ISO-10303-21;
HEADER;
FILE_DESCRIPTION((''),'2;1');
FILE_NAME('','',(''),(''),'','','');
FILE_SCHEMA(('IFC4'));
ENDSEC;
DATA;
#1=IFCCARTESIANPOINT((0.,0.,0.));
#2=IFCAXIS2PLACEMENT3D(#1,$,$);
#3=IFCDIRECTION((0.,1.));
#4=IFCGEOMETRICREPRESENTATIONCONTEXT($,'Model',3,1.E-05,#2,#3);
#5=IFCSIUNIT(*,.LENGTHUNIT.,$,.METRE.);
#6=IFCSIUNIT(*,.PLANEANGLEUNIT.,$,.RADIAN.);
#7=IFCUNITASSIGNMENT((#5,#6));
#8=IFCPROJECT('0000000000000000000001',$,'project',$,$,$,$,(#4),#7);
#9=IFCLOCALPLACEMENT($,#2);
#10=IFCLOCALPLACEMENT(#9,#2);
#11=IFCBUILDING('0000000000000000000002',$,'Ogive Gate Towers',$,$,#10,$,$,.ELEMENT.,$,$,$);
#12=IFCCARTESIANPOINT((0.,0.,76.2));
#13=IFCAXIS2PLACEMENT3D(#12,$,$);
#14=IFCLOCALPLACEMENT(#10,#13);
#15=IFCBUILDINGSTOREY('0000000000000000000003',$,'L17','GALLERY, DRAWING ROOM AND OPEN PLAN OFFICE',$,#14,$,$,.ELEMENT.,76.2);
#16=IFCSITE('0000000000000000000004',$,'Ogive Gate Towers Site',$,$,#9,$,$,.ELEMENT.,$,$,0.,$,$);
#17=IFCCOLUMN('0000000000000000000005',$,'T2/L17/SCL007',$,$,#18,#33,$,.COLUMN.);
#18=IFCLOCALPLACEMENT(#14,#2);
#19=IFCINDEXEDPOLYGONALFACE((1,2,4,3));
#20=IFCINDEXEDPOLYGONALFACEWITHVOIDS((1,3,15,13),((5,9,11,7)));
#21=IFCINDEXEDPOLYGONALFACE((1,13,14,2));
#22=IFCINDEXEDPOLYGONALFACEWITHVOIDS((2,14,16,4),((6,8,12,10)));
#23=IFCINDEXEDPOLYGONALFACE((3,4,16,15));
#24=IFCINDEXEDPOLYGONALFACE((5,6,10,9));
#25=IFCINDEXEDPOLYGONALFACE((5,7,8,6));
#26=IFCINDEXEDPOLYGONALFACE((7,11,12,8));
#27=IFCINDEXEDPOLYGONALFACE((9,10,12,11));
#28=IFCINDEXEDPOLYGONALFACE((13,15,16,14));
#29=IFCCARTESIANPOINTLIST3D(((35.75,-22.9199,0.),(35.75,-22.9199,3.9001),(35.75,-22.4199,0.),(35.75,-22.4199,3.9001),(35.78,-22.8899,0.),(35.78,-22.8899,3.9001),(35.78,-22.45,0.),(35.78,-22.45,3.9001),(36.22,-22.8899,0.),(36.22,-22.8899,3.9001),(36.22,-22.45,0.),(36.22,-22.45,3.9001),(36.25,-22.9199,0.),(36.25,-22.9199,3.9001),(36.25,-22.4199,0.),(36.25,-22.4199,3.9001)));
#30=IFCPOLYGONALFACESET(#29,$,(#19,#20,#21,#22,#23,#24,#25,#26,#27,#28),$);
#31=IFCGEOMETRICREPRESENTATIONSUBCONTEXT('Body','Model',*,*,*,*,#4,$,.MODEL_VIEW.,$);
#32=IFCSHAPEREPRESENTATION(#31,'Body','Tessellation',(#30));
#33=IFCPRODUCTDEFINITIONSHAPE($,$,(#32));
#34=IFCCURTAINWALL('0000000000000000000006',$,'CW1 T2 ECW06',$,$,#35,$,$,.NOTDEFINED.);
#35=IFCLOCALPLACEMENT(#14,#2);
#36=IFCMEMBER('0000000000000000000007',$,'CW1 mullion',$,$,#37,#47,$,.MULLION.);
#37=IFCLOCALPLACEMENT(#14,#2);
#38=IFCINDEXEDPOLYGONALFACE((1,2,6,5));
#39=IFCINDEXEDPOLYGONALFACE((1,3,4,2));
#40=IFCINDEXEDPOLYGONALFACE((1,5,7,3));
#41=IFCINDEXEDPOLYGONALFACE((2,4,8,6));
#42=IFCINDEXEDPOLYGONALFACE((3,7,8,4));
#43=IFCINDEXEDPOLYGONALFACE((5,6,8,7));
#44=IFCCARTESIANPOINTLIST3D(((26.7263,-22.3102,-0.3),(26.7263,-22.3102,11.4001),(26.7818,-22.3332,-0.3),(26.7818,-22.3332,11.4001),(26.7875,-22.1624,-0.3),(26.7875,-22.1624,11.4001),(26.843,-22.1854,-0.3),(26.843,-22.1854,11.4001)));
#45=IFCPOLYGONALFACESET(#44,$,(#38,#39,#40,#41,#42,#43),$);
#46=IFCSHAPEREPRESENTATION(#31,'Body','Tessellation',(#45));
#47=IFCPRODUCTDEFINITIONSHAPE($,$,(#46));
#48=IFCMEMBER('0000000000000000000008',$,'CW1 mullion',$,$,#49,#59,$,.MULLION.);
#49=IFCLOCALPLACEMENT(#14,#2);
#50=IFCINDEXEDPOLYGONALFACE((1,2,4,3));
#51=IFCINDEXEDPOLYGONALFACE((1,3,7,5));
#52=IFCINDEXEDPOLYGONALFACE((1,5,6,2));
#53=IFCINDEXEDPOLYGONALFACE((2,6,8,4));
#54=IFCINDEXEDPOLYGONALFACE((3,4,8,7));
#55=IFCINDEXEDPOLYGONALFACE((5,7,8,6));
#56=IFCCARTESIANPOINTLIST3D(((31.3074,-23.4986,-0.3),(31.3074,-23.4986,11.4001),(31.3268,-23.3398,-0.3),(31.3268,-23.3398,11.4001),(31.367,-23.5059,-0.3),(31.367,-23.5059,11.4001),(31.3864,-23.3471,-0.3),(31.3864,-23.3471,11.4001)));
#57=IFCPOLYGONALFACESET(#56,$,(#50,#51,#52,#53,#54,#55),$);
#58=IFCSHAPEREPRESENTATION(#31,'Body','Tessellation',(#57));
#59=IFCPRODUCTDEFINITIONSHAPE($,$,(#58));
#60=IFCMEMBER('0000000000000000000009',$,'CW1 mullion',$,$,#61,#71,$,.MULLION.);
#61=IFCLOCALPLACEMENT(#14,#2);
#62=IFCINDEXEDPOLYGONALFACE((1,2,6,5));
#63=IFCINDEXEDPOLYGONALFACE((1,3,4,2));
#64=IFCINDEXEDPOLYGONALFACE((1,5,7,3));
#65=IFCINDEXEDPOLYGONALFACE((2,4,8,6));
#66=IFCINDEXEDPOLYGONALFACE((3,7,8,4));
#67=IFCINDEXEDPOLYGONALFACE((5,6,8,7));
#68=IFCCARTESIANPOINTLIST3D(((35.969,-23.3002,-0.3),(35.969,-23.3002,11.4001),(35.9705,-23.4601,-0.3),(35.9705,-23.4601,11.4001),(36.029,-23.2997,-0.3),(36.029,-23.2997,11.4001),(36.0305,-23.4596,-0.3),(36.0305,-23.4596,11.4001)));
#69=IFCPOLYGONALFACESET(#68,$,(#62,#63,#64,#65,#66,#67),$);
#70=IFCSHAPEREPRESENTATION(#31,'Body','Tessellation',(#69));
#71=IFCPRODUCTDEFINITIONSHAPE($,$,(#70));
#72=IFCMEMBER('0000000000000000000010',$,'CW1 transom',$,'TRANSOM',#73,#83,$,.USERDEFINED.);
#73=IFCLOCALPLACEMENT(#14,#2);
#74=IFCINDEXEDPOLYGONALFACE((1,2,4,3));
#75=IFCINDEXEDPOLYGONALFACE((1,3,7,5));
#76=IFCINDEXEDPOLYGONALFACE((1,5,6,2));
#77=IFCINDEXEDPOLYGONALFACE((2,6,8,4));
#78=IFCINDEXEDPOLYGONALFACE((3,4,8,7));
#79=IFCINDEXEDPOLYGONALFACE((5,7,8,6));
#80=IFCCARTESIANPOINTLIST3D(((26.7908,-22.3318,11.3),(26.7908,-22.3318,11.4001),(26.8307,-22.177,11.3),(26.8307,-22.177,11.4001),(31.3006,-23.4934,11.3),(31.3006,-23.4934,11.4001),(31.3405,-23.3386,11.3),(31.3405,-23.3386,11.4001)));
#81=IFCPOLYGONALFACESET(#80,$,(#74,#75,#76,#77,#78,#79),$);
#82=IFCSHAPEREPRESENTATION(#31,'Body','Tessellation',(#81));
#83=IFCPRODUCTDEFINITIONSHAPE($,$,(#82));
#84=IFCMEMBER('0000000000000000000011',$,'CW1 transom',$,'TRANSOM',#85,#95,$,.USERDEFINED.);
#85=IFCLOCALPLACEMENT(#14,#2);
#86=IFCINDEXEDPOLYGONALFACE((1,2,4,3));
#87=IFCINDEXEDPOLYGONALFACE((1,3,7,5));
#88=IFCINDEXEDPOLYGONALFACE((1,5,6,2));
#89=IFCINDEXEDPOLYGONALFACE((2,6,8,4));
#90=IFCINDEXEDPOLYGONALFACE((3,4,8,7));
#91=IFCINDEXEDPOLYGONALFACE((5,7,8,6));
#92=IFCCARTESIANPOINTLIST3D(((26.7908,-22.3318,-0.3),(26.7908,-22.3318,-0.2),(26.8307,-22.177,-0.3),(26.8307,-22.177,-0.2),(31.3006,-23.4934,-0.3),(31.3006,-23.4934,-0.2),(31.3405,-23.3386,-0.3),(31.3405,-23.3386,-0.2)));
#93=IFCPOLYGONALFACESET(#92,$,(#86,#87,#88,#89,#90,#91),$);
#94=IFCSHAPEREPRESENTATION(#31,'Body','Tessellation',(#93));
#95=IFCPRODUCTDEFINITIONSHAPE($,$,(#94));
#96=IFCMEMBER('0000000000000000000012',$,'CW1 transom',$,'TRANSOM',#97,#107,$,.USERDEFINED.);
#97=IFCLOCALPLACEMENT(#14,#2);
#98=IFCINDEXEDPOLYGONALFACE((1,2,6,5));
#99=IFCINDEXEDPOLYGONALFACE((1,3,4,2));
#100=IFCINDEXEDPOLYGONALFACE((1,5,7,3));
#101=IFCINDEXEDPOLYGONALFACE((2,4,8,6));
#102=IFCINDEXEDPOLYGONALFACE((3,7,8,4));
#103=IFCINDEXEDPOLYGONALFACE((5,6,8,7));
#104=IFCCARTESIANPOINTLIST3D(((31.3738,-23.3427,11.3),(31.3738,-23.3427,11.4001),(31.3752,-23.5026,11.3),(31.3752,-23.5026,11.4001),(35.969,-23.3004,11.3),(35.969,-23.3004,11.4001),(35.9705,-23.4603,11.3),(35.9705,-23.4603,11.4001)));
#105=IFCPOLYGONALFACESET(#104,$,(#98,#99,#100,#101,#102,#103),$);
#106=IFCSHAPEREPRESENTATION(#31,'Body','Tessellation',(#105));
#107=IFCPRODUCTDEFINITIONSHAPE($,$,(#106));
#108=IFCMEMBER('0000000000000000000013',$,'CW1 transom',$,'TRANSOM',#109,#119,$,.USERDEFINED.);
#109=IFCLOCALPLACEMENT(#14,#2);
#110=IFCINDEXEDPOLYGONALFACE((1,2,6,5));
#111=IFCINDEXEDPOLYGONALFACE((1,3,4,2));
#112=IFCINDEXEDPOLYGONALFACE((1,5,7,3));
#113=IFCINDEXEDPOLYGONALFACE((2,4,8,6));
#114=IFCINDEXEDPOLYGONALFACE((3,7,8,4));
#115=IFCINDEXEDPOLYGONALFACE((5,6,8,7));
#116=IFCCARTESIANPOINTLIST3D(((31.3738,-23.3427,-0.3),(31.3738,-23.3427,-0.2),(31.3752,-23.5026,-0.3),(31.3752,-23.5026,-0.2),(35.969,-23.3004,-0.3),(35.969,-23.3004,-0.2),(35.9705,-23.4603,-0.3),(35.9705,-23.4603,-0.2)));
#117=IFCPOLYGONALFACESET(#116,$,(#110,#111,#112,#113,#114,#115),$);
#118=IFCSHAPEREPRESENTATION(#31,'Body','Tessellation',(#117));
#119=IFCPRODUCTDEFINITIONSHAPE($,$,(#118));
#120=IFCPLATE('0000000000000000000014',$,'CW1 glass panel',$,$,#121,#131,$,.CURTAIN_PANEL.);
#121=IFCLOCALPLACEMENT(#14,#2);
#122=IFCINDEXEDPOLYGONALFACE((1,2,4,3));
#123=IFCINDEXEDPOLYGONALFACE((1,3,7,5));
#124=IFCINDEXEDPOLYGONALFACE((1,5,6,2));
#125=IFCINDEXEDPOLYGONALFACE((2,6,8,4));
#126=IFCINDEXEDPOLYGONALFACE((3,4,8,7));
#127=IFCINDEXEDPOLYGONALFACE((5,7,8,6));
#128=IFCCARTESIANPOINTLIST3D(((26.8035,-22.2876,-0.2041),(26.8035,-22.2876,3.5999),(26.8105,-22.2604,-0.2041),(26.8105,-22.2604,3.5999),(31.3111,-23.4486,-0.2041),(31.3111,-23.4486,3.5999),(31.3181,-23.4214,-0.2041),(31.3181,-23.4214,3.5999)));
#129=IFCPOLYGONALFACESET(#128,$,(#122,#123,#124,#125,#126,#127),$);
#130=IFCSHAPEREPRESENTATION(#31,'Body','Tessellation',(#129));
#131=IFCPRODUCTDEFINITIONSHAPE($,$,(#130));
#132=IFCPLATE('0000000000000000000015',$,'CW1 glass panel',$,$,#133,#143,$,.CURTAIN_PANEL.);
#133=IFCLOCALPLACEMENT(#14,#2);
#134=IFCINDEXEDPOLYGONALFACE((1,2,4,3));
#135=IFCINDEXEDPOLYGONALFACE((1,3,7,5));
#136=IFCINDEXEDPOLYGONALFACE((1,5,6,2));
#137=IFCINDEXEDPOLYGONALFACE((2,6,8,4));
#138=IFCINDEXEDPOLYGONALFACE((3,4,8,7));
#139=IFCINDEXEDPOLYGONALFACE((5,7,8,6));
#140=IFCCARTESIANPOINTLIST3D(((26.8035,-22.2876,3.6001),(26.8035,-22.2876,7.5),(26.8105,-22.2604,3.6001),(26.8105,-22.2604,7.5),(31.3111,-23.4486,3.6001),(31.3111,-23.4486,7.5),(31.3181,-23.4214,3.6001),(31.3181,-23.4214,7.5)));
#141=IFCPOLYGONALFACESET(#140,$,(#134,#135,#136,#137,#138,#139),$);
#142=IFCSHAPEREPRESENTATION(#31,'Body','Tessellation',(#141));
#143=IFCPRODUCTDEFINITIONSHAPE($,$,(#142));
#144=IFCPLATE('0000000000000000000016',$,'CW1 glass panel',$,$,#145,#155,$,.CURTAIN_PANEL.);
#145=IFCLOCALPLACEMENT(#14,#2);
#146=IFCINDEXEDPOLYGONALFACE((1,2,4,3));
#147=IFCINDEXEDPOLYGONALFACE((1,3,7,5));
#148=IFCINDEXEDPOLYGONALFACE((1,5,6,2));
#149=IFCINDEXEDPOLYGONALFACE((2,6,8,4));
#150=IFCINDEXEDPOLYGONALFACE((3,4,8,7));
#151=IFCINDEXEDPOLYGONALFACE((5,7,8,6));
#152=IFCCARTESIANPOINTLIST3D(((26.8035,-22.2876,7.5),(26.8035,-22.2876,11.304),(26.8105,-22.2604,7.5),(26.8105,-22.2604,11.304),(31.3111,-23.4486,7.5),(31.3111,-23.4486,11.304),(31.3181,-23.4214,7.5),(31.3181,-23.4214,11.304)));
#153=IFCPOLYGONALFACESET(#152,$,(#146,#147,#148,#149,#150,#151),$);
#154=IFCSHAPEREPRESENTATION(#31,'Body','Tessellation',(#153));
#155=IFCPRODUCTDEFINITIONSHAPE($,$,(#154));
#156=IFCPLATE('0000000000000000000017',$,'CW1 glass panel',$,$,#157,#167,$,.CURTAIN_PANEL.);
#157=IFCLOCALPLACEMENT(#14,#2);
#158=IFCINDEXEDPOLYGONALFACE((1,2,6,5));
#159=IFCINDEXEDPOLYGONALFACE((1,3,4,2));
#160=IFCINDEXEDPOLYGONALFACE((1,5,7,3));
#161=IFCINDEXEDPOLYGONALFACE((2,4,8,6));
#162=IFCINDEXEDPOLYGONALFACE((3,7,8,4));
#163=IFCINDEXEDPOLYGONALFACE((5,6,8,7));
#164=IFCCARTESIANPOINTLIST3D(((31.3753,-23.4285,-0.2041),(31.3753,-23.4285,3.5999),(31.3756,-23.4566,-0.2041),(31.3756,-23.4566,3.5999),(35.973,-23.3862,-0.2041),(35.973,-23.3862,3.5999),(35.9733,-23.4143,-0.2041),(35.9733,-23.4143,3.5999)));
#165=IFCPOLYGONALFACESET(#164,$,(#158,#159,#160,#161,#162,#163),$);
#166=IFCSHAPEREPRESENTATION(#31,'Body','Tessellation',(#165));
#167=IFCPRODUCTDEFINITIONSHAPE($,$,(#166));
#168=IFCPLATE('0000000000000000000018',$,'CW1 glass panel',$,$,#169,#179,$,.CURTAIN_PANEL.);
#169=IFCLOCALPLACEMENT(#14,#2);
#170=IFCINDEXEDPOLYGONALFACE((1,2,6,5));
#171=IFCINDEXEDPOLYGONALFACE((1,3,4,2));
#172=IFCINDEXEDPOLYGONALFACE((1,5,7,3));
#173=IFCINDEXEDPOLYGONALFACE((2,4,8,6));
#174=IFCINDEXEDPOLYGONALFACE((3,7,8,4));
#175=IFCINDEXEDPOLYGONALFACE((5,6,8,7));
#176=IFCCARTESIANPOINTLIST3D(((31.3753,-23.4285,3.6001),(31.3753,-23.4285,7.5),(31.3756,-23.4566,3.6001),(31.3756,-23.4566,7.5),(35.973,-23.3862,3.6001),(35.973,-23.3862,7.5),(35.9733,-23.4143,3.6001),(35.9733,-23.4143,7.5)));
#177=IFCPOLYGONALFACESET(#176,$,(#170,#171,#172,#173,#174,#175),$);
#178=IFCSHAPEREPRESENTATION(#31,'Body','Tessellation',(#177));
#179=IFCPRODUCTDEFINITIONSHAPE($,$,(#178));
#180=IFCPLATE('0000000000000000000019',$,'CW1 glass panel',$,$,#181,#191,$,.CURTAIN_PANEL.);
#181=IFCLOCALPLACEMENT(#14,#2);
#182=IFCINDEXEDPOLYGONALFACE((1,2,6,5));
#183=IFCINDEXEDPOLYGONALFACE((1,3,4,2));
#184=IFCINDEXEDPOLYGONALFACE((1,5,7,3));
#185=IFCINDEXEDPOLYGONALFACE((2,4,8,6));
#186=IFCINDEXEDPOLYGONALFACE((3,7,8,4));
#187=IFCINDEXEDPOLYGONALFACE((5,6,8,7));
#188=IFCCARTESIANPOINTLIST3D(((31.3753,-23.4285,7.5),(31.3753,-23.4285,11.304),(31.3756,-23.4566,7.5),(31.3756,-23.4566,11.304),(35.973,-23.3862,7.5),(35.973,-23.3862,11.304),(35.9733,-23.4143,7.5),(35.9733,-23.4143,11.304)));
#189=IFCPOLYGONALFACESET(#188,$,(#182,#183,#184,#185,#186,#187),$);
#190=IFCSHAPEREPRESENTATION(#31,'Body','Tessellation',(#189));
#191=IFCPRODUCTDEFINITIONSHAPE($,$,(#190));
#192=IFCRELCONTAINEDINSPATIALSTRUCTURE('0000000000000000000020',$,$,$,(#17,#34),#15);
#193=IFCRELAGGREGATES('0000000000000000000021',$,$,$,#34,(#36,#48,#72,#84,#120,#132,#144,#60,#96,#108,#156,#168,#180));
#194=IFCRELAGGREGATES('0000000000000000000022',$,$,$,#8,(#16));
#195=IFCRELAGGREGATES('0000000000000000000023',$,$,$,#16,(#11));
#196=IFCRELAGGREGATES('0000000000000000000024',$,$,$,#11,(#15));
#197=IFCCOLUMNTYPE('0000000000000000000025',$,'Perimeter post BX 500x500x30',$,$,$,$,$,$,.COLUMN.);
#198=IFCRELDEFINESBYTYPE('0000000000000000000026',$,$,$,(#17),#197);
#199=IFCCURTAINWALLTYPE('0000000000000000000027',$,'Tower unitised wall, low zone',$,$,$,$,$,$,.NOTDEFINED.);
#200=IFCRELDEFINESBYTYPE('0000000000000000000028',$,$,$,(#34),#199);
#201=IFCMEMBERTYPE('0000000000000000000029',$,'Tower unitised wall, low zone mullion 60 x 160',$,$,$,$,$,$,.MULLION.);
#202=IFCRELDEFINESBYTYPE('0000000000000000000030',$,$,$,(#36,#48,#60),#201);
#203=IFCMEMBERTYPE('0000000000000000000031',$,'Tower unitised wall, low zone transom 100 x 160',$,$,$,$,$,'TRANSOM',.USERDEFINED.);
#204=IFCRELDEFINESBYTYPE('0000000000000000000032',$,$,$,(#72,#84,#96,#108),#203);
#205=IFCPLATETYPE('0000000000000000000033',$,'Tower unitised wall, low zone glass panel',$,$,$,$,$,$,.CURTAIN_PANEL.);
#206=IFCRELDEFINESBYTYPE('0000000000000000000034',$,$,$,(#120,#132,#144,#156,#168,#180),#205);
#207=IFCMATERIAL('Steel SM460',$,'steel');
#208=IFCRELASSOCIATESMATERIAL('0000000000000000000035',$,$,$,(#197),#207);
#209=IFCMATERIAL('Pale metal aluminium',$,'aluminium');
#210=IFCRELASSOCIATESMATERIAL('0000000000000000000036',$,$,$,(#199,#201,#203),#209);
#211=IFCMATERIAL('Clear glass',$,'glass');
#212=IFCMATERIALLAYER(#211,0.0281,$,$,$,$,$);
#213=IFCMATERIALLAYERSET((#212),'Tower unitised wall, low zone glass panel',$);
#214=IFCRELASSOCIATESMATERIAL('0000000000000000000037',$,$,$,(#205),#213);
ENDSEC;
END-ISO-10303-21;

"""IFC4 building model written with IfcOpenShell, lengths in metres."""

from ifc_helpers import new_model, si_unit, direction, frame, origin, origin_2d, place, context, subcontext, project, spatial, rectangle, hollow_rectangle, extrude, material, layer, layer_set, material_profile, profile_set, type_object, element, aggregate, save


model = new_model("IFC4")

# Units and contexts
model_context = context("Model", 3, precision=1e-05, world=origin(), true_north=direction((0.0, 1.0)))
body_context = subcontext(model_context, "Body", "Model", "MODEL_VIEW")
ifc_project = project(units=[si_unit("LENGTHUNIT", "METRE"), si_unit("PLANEANGLEUNIT", "RADIAN")], contexts=[model_context])

# Site, building, storey
site_placement = place(None, origin())
site = spatial("IfcSite", under=ifc_project, at=site_placement, Name="Ogive Gate Towers Site", CompositionType="ELEMENT", RefElevation=0.0)
building_placement = place(site_placement, origin())
building = spatial("IfcBuilding", under=site, at=building_placement, Name="Ogive Gate Towers", CompositionType="ELEMENT")
storey_placement = place(building_placement, frame((0.0, 0.0, 76.2)))
storey = spatial("IfcBuildingStorey", under=building, at=storey_placement, Name="L17", Description="GALLERY, DRAWING ROOM AND OPEN PLAN OFFICE", CompositionType="ELEMENT", Elevation=76.2)

# Column
ifc_material_1 = material(Name="Steel SM460", Category="steel")
ifc_material_profile_1 = material_profile(ifc_material_1, hollow_rectangle(XDim=0.5, YDim=0.5, WallThickness=0.03, at=origin_2d()), Name="BX 500x500x30")
ifc_profile_set_1 = profile_set([ifc_material_profile_1], Name="Steel SM460")
column_type = type_object("IfcColumnType", Name="Perimeter post BX 500x500x30", PredefinedType="COLUMN", material=ifc_profile_set_1)
column_placement = place(storey_placement, frame((36.0, -22.6699, 0.0), z_axis=(0.0, 0.0, 1.0), x_axis=(1.0, 0.0, 0.0)))
element("IfcColumn", 1, at=column_placement, inside=storey, type_object=column_type, Name="T2/L17/SCL007", PredefinedType="COLUMN", context=body_context, shape_type="SweptSolid", body=[
    extrude(hollow_rectangle(XDim=0.5, YDim=0.5, WallThickness=0.03, at=origin_2d()), origin(), (0.0, 0.0, 1.0), 3.9001),
])

# Curtain wall, members, plates
ifc_material_2 = material(Name="Pale metal aluminium", Category="aluminium")
curtain_wall_type = type_object("IfcCurtainWallType", Name="Tower unitised wall, low zone", PredefinedType="NOTDEFINED", material=ifc_material_2)
curtain_wall_placement = place(storey_placement, origin())
curtain_wall = element("IfcCurtainWall", 2, at=curtain_wall_placement, inside=storey, type_object=curtain_wall_type, Name="CW1 T2 ECW06", PredefinedType="NOTDEFINED")
ifc_material_profile_2 = material_profile(ifc_material_2, rectangle(XDim=0.1599, YDim=0.0601, at=origin_2d()), Name="60 x 160 aluminium box")
ifc_profile_set_2 = profile_set([ifc_material_profile_2], Name="Pale metal aluminium")
member_type_1 = type_object("IfcMemberType", Name="Tower unitised wall, low zone mullion 60 x 160", PredefinedType="MULLION", material=ifc_profile_set_2)
member_1_placement = place(storey_placement, frame((26.7847, -22.2478, -0.3), z_axis=(0.0, 0.0, 1.0), x_axis=(-0.382683, -0.92388, 0.0)))
member_1 = element("IfcMember", 3, at=member_1_placement, type_object=member_type_1, Name="CW1 mullion", PredefinedType="MULLION", context=body_context, shape_type="SweptSolid", body=[
    extrude(rectangle(XDim=0.1599, YDim=0.0601, at=origin_2d()), origin(), (0.0, 0.0, 1.0), 11.7002),
])
member_2_placement = place(storey_placement, frame((31.3469, -23.4229, -0.3), z_axis=(0.0, 0.0, 1.0), x_axis=(-0.121142, -0.992635, 0.0)))
member_2 = element("IfcMember", 4, at=member_2_placement, type_object=member_type_1, Name="CW1 mullion", PredefinedType="MULLION", context=body_context, shape_type="SweptSolid", body=[
    extrude(rectangle(XDim=0.1599, YDim=0.0601, at=origin_2d()), origin(), (0.0, 0.0, 1.0), 11.7002),
])
member_3_placement = place(storey_placement, frame((35.9998, -23.3799, -0.3), z_axis=(0.0, 0.0, 1.0), x_axis=(0.009198, -0.999958, 0.0)))
member_3 = element("IfcMember", 5, at=member_3_placement, type_object=member_type_1, Name="CW1 mullion", PredefinedType="MULLION", context=body_context, shape_type="SweptSolid", body=[
    extrude(rectangle(XDim=0.1599, YDim=0.0601, at=origin_2d()), origin(), (0.0, 0.0, 1.0), 11.7002),
])
ifc_material_profile_3 = material_profile(ifc_material_2, rectangle(XDim=0.1599, YDim=0.1001, at=origin_2d()), Name="100 x 160 aluminium box")
ifc_profile_set_3 = profile_set([ifc_material_profile_3], Name="Pale metal aluminium")
member_type_2 = type_object("IfcMemberType", Name="Tower unitised wall, low zone transom 100 x 160", ElementType="TRANSOM", PredefinedType="USERDEFINED", material=ifc_profile_set_3)
member_4_placement = place(storey_placement, frame((26.8108, -22.2544, 11.3501), z_axis=(0.968391, -0.249437, 0.0), x_axis=(0.249437, 0.968391, 0.0)))
member_4 = element("IfcMember", 6, at=member_4_placement, type_object=member_type_2, Name="CW1 transom", ObjectType="TRANSOM", PredefinedType="USERDEFINED", context=body_context, shape_type="SweptSolid", body=[
    extrude(rectangle(XDim=0.1599, YDim=0.1001, at=origin_2d()), origin(), (0.0, 0.0, 1.0), 4.657),
])
member_5_placement = place(storey_placement, frame((26.8108, -22.2544, -0.25), z_axis=(0.968391, -0.249437, 0.0), x_axis=(0.249437, 0.968391, 0.0)))
member_5 = element("IfcMember", 7, at=member_5_placement, type_object=member_type_2, Name="CW1 transom", ObjectType="TRANSOM", PredefinedType="USERDEFINED", context=body_context, shape_type="SweptSolid", body=[
    extrude(rectangle(XDim=0.1599, YDim=0.1001, at=origin_2d()), origin(), (0.0, 0.0, 1.0), 4.657),
])
member_6_placement = place(storey_placement, frame((31.3745, -23.4226, 11.3501), z_axis=(0.999958, 0.009191, 0.0), x_axis=(-0.009191, 0.999958, 0.0)))
member_6 = element("IfcMember", 8, at=member_6_placement, type_object=member_type_2, Name="CW1 transom", ObjectType="TRANSOM", PredefinedType="USERDEFINED", context=body_context, shape_type="SweptSolid", body=[
    extrude(rectangle(XDim=0.1599, YDim=0.1001, at=origin_2d()), origin(), (0.0, 0.0, 1.0), 4.5955),
])
member_7_placement = place(storey_placement, frame((31.3745, -23.4226, -0.25), z_axis=(0.999958, 0.009191, 0.0), x_axis=(-0.009191, 0.999958, 0.0)))
member_7 = element("IfcMember", 9, at=member_7_placement, type_object=member_type_2, Name="CW1 transom", ObjectType="TRANSOM", PredefinedType="USERDEFINED", context=body_context, shape_type="SweptSolid", body=[
    extrude(rectangle(XDim=0.1599, YDim=0.1001, at=origin_2d()), origin(), (0.0, 0.0, 1.0), 4.5955),
])
ifc_material_3 = material(Name="Clear glass", Category="glass")
ifc_layer_1 = layer(ifc_material_3, 0.0281)
ifc_layer_set_1 = layer_set([ifc_layer_1], Name="Tower unitised wall, low zone glass panel")
plate_type = type_object("IfcPlateType", Name="Tower unitised wall, low zone glass panel", PredefinedType="CURTAIN_PANEL", material=ifc_layer_set_1)
plate_1_placement = place(storey_placement, frame((29.0608, -22.8545, -0.2041), z_axis=(0.0, 0.0, 1.0), x_axis=(0.968396, -0.249417, 0.0)))
plate_1 = element("IfcPlate", 10, at=plate_1_placement, type_object=plate_type, Name="CW1 glass panel", PredefinedType="CURTAIN_PANEL", context=body_context, shape_type="SweptSolid", body=[
    extrude(rectangle(XDim=4.6548, YDim=0.0281, at=origin_2d()), origin(), (0.0, 0.0, 1.0), 3.804),
])
plate_2_placement = place(storey_placement, frame((29.0608, -22.8545, 3.6001), z_axis=(0.0, 0.0, 1.0), x_axis=(0.968396, -0.249417, 0.0)))
plate_2 = element("IfcPlate", 11, at=plate_2_placement, type_object=plate_type, Name="CW1 glass panel", PredefinedType="CURTAIN_PANEL", context=body_context, shape_type="SweptSolid", body=[
    extrude(rectangle(XDim=4.6548, YDim=0.0281, at=origin_2d()), origin(), (0.0, 0.0, 1.0), 3.8999),
])
plate_3_placement = place(storey_placement, frame((29.0608, -22.8545, 7.5), z_axis=(0.0, 0.0, 1.0), x_axis=(0.968396, -0.249417, 0.0)))
plate_3 = element("IfcPlate", 12, at=plate_3_placement, type_object=plate_type, Name="CW1 glass panel", PredefinedType="CURTAIN_PANEL", context=body_context, shape_type="SweptSolid", body=[
    extrude(rectangle(XDim=4.6548, YDim=0.0281, at=origin_2d()), origin(), (0.0, 0.0, 1.0), 3.804),
])
plate_4_placement = place(storey_placement, frame((33.6743, -23.4214, -0.2041), z_axis=(0.0, 0.0, 1.0), x_axis=(0.999958, 0.009198, 0.0)))
plate_4 = element("IfcPlate", 13, at=plate_4_placement, type_object=plate_type, Name="CW1 glass panel", PredefinedType="CURTAIN_PANEL", context=body_context, shape_type="SweptSolid", body=[
    extrude(rectangle(XDim=4.5979, YDim=0.0281, at=origin_2d()), origin(), (0.0, 0.0, 1.0), 3.804),
])
plate_5_placement = place(storey_placement, frame((33.6743, -23.4214, 3.6001), z_axis=(0.0, 0.0, 1.0), x_axis=(0.999958, 0.009198, 0.0)))
plate_5 = element("IfcPlate", 14, at=plate_5_placement, type_object=plate_type, Name="CW1 glass panel", PredefinedType="CURTAIN_PANEL", context=body_context, shape_type="SweptSolid", body=[
    extrude(rectangle(XDim=4.5979, YDim=0.0281, at=origin_2d()), origin(), (0.0, 0.0, 1.0), 3.8999),
])
plate_6_placement = place(storey_placement, frame((33.6743, -23.4214, 7.5), z_axis=(0.0, 0.0, 1.0), x_axis=(0.999958, 0.009198, 0.0)))
plate_6 = element("IfcPlate", 15, at=plate_6_placement, type_object=plate_type, Name="CW1 glass panel", PredefinedType="CURTAIN_PANEL", context=body_context, shape_type="SweptSolid", body=[
    extrude(rectangle(XDim=4.5979, YDim=0.0281, at=origin_2d()), origin(), (0.0, 0.0, 1.0), 3.804),
])
aggregate(curtain_wall, [member_1, member_2, member_4, member_5, plate_1, plate_2, plate_3, member_3, member_6, member_7, plate_4, plate_5, plate_6])

save(model, "model.ifc")
